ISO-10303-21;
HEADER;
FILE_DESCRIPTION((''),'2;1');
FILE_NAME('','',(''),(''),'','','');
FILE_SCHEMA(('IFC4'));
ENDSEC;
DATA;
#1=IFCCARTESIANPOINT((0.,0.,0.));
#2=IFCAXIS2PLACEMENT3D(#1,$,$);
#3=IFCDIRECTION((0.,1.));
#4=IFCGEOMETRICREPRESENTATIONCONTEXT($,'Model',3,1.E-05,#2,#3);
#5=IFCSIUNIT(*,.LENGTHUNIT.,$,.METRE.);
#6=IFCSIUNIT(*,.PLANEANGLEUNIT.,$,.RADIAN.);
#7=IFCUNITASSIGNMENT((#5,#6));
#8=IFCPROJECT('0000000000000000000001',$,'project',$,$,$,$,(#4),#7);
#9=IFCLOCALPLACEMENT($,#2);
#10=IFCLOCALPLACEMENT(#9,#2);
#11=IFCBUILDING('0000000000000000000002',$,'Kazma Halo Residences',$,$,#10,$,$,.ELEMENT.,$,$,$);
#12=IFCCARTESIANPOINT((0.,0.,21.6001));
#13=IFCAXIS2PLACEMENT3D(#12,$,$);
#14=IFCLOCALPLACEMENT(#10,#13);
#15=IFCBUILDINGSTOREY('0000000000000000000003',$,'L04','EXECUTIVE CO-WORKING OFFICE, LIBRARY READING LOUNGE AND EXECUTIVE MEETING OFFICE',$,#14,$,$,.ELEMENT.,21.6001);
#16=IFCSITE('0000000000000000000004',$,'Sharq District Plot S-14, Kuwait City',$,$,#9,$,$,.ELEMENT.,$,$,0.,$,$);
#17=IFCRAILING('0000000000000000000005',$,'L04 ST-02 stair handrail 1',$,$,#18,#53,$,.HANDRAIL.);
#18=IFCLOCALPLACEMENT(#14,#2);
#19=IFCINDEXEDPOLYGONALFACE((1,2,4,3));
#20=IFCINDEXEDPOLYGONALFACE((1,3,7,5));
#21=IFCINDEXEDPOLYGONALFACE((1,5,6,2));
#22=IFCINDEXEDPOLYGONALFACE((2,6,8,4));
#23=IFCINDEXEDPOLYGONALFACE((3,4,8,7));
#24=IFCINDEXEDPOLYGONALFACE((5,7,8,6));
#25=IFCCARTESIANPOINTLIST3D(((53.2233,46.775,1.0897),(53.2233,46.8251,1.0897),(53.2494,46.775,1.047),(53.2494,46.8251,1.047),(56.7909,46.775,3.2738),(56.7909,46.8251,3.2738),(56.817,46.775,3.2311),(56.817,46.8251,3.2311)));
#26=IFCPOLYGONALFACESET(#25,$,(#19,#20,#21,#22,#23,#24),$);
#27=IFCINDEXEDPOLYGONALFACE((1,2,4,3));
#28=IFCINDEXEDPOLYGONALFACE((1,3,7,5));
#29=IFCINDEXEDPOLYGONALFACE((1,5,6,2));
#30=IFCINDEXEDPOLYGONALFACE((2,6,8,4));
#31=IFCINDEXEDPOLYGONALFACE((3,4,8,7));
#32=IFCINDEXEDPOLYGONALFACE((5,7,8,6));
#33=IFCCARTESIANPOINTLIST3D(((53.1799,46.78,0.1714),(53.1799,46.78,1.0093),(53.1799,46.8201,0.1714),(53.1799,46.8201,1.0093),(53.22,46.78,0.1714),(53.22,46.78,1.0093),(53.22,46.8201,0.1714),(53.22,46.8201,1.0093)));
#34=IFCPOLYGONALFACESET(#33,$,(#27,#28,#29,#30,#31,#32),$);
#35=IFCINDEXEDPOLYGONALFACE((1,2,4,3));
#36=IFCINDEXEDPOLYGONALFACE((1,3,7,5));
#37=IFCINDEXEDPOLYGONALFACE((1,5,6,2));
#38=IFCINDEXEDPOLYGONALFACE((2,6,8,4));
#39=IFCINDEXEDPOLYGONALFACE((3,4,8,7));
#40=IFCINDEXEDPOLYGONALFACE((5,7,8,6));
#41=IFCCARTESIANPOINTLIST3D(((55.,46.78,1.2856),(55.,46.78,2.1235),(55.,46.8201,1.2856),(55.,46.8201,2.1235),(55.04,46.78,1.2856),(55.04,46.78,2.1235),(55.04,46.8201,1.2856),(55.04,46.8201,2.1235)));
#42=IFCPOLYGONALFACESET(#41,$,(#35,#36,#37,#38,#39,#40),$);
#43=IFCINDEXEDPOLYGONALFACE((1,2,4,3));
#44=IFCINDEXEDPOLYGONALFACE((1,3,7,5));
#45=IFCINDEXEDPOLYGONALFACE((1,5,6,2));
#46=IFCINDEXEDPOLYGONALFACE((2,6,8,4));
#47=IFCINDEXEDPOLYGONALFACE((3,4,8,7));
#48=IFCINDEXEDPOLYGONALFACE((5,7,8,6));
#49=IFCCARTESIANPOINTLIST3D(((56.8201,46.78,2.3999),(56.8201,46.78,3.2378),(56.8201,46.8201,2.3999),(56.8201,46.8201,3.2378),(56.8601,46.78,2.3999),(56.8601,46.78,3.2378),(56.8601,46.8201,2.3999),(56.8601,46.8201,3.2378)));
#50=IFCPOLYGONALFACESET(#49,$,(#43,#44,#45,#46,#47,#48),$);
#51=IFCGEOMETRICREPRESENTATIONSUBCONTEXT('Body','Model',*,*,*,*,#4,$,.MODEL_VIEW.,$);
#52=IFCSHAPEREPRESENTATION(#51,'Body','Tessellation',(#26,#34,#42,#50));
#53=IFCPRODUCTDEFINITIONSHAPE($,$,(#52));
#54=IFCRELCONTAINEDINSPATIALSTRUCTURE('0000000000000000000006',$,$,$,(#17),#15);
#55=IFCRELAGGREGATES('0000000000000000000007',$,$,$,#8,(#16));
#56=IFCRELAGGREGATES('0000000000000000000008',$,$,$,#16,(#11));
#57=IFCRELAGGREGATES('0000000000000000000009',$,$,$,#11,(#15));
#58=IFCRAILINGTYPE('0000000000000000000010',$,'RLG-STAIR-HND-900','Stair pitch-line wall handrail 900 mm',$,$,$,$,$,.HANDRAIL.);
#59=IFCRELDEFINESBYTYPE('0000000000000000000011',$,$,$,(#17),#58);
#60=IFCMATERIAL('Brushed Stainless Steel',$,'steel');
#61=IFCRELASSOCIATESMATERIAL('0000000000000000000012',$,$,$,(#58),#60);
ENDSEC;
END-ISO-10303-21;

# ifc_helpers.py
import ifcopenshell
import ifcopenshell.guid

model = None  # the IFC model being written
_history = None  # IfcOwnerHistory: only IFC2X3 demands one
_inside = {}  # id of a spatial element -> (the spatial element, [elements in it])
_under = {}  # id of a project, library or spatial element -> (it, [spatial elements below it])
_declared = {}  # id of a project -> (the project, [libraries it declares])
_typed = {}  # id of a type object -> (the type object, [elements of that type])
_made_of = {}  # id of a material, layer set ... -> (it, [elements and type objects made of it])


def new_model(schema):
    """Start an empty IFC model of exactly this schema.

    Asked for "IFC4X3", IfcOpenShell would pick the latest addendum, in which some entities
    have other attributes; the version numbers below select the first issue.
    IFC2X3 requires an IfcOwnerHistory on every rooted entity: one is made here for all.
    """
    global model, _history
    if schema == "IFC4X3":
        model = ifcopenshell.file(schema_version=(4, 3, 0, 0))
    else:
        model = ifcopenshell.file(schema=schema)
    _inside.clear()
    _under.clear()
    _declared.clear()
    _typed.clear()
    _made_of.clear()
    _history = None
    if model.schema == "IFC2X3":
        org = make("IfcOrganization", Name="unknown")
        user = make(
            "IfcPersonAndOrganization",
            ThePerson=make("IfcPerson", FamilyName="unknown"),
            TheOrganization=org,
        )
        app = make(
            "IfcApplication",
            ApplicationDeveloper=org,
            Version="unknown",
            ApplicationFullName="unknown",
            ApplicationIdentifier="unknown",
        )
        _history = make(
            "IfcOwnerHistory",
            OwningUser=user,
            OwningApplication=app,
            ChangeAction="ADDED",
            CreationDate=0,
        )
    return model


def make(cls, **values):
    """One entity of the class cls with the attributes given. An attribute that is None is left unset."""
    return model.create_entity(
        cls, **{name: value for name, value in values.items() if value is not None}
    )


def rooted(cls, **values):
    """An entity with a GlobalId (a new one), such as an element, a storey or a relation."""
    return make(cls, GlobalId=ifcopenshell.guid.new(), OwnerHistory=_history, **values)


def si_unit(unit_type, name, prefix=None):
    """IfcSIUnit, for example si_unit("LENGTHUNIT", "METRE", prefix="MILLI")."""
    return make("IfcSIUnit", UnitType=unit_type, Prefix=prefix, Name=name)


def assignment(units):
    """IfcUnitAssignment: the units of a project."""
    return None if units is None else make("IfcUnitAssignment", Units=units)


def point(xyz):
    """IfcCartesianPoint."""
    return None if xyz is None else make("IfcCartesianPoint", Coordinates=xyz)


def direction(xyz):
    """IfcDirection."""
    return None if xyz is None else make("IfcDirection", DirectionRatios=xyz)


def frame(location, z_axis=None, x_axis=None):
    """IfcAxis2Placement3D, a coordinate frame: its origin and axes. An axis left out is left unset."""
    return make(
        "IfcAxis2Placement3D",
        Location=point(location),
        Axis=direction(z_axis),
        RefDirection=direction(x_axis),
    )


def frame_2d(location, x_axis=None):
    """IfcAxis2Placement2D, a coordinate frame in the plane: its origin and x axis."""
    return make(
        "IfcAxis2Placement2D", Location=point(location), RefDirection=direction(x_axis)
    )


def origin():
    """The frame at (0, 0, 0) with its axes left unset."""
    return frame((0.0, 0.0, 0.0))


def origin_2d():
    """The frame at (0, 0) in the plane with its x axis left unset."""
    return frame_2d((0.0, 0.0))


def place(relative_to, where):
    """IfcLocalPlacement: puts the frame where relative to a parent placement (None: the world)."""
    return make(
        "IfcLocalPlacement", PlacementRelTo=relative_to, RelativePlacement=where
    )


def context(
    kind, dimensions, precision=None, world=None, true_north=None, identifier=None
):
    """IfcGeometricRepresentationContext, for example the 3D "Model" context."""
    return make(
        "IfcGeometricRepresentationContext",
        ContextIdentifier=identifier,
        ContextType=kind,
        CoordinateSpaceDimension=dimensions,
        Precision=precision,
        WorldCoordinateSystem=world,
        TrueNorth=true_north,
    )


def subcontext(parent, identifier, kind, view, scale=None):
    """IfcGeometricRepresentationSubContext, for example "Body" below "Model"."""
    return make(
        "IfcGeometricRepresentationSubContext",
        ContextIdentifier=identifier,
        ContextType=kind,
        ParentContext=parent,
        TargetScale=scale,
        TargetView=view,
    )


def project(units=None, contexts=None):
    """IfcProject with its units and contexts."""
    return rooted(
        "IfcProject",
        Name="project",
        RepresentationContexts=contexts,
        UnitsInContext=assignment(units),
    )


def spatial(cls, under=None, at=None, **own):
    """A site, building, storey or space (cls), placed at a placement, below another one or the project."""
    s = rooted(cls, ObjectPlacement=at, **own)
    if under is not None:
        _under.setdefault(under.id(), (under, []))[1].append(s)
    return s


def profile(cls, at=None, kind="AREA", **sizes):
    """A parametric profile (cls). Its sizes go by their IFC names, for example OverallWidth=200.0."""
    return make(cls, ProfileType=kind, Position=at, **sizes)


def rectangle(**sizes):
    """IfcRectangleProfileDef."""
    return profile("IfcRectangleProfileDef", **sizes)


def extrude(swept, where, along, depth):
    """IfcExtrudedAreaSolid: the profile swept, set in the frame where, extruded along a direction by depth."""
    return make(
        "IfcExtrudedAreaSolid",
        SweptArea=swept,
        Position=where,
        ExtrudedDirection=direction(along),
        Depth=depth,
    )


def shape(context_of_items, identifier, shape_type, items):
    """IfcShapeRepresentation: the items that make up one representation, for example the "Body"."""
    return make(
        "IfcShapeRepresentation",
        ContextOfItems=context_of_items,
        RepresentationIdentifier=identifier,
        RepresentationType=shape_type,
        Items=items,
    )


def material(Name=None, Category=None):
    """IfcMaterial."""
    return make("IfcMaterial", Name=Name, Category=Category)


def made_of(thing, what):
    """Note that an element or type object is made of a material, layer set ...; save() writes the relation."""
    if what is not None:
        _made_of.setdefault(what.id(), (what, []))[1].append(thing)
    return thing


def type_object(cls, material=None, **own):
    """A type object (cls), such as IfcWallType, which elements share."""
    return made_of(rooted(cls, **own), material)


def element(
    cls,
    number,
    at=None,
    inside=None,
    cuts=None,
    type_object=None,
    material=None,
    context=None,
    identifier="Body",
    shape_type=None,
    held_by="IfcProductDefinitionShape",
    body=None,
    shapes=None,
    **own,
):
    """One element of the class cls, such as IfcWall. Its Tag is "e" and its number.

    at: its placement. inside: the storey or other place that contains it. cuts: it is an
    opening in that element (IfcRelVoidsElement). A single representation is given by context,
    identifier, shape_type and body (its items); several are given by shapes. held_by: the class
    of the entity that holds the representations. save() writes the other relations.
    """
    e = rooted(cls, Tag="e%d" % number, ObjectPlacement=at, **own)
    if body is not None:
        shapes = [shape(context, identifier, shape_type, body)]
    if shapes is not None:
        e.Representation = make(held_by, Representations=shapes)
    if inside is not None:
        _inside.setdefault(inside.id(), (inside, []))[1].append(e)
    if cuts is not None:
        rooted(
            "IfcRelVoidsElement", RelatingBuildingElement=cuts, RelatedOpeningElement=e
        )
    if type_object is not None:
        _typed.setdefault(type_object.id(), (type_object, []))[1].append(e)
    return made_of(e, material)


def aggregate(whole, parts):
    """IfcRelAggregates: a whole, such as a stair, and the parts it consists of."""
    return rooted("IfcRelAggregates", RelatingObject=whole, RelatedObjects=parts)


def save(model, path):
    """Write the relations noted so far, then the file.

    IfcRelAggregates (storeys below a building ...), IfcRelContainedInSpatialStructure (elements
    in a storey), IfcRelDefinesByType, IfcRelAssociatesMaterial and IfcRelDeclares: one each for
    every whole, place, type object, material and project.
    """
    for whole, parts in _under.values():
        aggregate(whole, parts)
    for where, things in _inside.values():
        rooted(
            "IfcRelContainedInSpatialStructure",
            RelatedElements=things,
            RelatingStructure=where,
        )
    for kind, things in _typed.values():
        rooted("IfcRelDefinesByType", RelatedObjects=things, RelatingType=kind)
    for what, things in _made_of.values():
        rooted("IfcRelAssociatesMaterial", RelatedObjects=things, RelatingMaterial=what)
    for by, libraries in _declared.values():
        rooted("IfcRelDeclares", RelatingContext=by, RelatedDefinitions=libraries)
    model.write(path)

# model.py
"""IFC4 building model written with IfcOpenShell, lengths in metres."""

from ifc_helpers import new_model, si_unit, direction, frame, origin, origin_2d, place, context, subcontext, project, spatial, rectangle, extrude, material, type_object, element, save


model = new_model("IFC4")

# Units and contexts
model_context = context("Model", 3, precision=1e-05, world=origin(), true_north=direction((0.0, 1.0)))
body_context = subcontext(model_context, "Body", "Model", "MODEL_VIEW")
ifc_project = project(units=[si_unit("LENGTHUNIT", "METRE"), si_unit("PLANEANGLEUNIT", "RADIAN")], contexts=[model_context])

# Site, building, storey
site_placement = place(None, origin())
site = spatial("IfcSite", under=ifc_project, at=site_placement, Name="Sharq District Plot S-14, Kuwait City", CompositionType="ELEMENT", RefElevation=0.0)
building_placement = place(site_placement, origin())
building = spatial("IfcBuilding", under=site, at=building_placement, Name="Kazma Halo Residences", CompositionType="ELEMENT")
storey_placement = place(building_placement, frame((0.0, 0.0, 21.6001)))
storey = spatial("IfcBuildingStorey", under=building, at=storey_placement, Name="L04", Description="EXECUTIVE CO-WORKING OFFICE, LIBRARY READING LOUNGE AND EXECUTIVE MEETING OFFICE", CompositionType="ELEMENT", Elevation=21.6001)

# Railing
ifc_material_1 = material(Name="Brushed Stainless Steel", Category="steel")
railing_type_1 = type_object("IfcRailingType", Name="RLG-STAIR-HND-900", Description="Stair pitch-line wall handrail 900 mm", PredefinedType="HANDRAIL", material=ifc_material_1)
railing_1_placement = place(storey_placement, frame((53.2, 46.8, 0.1714)))
element("IfcRailing", 1, at=railing_1_placement, inside=storey, type_object=railing_type_1, Name="L04 ST-02 stair handrail 1", PredefinedType="HANDRAIL", context=body_context, shape_type="SweptSolid", body=[
    extrude(rectangle(XDim=0.05, YDim=0.05, at=origin_2d()), frame((0.0364, 0.0, 0.897), z_axis=(0.852866, 0.0, 0.52213), x_axis=(0.0, 1.0, 0.0)), (0.0, 0.0, 1.0), 4.1831),
    extrude(rectangle(XDim=0.04, YDim=0.04, at=origin_2d()), origin(), (0.0, 0.0, 1.0), 0.8379),
    extrude(rectangle(XDim=0.04, YDim=0.04, at=origin_2d()), frame((1.8201, 0.0, 1.1143)), (0.0, 0.0, 1.0), 0.8379),
    extrude(rectangle(XDim=0.04, YDim=0.04, at=origin_2d()), frame((3.6401, 0.0, 2.2285)), (0.0, 0.0, 1.0), 0.8379),
])

save(model, "model.ifc")
